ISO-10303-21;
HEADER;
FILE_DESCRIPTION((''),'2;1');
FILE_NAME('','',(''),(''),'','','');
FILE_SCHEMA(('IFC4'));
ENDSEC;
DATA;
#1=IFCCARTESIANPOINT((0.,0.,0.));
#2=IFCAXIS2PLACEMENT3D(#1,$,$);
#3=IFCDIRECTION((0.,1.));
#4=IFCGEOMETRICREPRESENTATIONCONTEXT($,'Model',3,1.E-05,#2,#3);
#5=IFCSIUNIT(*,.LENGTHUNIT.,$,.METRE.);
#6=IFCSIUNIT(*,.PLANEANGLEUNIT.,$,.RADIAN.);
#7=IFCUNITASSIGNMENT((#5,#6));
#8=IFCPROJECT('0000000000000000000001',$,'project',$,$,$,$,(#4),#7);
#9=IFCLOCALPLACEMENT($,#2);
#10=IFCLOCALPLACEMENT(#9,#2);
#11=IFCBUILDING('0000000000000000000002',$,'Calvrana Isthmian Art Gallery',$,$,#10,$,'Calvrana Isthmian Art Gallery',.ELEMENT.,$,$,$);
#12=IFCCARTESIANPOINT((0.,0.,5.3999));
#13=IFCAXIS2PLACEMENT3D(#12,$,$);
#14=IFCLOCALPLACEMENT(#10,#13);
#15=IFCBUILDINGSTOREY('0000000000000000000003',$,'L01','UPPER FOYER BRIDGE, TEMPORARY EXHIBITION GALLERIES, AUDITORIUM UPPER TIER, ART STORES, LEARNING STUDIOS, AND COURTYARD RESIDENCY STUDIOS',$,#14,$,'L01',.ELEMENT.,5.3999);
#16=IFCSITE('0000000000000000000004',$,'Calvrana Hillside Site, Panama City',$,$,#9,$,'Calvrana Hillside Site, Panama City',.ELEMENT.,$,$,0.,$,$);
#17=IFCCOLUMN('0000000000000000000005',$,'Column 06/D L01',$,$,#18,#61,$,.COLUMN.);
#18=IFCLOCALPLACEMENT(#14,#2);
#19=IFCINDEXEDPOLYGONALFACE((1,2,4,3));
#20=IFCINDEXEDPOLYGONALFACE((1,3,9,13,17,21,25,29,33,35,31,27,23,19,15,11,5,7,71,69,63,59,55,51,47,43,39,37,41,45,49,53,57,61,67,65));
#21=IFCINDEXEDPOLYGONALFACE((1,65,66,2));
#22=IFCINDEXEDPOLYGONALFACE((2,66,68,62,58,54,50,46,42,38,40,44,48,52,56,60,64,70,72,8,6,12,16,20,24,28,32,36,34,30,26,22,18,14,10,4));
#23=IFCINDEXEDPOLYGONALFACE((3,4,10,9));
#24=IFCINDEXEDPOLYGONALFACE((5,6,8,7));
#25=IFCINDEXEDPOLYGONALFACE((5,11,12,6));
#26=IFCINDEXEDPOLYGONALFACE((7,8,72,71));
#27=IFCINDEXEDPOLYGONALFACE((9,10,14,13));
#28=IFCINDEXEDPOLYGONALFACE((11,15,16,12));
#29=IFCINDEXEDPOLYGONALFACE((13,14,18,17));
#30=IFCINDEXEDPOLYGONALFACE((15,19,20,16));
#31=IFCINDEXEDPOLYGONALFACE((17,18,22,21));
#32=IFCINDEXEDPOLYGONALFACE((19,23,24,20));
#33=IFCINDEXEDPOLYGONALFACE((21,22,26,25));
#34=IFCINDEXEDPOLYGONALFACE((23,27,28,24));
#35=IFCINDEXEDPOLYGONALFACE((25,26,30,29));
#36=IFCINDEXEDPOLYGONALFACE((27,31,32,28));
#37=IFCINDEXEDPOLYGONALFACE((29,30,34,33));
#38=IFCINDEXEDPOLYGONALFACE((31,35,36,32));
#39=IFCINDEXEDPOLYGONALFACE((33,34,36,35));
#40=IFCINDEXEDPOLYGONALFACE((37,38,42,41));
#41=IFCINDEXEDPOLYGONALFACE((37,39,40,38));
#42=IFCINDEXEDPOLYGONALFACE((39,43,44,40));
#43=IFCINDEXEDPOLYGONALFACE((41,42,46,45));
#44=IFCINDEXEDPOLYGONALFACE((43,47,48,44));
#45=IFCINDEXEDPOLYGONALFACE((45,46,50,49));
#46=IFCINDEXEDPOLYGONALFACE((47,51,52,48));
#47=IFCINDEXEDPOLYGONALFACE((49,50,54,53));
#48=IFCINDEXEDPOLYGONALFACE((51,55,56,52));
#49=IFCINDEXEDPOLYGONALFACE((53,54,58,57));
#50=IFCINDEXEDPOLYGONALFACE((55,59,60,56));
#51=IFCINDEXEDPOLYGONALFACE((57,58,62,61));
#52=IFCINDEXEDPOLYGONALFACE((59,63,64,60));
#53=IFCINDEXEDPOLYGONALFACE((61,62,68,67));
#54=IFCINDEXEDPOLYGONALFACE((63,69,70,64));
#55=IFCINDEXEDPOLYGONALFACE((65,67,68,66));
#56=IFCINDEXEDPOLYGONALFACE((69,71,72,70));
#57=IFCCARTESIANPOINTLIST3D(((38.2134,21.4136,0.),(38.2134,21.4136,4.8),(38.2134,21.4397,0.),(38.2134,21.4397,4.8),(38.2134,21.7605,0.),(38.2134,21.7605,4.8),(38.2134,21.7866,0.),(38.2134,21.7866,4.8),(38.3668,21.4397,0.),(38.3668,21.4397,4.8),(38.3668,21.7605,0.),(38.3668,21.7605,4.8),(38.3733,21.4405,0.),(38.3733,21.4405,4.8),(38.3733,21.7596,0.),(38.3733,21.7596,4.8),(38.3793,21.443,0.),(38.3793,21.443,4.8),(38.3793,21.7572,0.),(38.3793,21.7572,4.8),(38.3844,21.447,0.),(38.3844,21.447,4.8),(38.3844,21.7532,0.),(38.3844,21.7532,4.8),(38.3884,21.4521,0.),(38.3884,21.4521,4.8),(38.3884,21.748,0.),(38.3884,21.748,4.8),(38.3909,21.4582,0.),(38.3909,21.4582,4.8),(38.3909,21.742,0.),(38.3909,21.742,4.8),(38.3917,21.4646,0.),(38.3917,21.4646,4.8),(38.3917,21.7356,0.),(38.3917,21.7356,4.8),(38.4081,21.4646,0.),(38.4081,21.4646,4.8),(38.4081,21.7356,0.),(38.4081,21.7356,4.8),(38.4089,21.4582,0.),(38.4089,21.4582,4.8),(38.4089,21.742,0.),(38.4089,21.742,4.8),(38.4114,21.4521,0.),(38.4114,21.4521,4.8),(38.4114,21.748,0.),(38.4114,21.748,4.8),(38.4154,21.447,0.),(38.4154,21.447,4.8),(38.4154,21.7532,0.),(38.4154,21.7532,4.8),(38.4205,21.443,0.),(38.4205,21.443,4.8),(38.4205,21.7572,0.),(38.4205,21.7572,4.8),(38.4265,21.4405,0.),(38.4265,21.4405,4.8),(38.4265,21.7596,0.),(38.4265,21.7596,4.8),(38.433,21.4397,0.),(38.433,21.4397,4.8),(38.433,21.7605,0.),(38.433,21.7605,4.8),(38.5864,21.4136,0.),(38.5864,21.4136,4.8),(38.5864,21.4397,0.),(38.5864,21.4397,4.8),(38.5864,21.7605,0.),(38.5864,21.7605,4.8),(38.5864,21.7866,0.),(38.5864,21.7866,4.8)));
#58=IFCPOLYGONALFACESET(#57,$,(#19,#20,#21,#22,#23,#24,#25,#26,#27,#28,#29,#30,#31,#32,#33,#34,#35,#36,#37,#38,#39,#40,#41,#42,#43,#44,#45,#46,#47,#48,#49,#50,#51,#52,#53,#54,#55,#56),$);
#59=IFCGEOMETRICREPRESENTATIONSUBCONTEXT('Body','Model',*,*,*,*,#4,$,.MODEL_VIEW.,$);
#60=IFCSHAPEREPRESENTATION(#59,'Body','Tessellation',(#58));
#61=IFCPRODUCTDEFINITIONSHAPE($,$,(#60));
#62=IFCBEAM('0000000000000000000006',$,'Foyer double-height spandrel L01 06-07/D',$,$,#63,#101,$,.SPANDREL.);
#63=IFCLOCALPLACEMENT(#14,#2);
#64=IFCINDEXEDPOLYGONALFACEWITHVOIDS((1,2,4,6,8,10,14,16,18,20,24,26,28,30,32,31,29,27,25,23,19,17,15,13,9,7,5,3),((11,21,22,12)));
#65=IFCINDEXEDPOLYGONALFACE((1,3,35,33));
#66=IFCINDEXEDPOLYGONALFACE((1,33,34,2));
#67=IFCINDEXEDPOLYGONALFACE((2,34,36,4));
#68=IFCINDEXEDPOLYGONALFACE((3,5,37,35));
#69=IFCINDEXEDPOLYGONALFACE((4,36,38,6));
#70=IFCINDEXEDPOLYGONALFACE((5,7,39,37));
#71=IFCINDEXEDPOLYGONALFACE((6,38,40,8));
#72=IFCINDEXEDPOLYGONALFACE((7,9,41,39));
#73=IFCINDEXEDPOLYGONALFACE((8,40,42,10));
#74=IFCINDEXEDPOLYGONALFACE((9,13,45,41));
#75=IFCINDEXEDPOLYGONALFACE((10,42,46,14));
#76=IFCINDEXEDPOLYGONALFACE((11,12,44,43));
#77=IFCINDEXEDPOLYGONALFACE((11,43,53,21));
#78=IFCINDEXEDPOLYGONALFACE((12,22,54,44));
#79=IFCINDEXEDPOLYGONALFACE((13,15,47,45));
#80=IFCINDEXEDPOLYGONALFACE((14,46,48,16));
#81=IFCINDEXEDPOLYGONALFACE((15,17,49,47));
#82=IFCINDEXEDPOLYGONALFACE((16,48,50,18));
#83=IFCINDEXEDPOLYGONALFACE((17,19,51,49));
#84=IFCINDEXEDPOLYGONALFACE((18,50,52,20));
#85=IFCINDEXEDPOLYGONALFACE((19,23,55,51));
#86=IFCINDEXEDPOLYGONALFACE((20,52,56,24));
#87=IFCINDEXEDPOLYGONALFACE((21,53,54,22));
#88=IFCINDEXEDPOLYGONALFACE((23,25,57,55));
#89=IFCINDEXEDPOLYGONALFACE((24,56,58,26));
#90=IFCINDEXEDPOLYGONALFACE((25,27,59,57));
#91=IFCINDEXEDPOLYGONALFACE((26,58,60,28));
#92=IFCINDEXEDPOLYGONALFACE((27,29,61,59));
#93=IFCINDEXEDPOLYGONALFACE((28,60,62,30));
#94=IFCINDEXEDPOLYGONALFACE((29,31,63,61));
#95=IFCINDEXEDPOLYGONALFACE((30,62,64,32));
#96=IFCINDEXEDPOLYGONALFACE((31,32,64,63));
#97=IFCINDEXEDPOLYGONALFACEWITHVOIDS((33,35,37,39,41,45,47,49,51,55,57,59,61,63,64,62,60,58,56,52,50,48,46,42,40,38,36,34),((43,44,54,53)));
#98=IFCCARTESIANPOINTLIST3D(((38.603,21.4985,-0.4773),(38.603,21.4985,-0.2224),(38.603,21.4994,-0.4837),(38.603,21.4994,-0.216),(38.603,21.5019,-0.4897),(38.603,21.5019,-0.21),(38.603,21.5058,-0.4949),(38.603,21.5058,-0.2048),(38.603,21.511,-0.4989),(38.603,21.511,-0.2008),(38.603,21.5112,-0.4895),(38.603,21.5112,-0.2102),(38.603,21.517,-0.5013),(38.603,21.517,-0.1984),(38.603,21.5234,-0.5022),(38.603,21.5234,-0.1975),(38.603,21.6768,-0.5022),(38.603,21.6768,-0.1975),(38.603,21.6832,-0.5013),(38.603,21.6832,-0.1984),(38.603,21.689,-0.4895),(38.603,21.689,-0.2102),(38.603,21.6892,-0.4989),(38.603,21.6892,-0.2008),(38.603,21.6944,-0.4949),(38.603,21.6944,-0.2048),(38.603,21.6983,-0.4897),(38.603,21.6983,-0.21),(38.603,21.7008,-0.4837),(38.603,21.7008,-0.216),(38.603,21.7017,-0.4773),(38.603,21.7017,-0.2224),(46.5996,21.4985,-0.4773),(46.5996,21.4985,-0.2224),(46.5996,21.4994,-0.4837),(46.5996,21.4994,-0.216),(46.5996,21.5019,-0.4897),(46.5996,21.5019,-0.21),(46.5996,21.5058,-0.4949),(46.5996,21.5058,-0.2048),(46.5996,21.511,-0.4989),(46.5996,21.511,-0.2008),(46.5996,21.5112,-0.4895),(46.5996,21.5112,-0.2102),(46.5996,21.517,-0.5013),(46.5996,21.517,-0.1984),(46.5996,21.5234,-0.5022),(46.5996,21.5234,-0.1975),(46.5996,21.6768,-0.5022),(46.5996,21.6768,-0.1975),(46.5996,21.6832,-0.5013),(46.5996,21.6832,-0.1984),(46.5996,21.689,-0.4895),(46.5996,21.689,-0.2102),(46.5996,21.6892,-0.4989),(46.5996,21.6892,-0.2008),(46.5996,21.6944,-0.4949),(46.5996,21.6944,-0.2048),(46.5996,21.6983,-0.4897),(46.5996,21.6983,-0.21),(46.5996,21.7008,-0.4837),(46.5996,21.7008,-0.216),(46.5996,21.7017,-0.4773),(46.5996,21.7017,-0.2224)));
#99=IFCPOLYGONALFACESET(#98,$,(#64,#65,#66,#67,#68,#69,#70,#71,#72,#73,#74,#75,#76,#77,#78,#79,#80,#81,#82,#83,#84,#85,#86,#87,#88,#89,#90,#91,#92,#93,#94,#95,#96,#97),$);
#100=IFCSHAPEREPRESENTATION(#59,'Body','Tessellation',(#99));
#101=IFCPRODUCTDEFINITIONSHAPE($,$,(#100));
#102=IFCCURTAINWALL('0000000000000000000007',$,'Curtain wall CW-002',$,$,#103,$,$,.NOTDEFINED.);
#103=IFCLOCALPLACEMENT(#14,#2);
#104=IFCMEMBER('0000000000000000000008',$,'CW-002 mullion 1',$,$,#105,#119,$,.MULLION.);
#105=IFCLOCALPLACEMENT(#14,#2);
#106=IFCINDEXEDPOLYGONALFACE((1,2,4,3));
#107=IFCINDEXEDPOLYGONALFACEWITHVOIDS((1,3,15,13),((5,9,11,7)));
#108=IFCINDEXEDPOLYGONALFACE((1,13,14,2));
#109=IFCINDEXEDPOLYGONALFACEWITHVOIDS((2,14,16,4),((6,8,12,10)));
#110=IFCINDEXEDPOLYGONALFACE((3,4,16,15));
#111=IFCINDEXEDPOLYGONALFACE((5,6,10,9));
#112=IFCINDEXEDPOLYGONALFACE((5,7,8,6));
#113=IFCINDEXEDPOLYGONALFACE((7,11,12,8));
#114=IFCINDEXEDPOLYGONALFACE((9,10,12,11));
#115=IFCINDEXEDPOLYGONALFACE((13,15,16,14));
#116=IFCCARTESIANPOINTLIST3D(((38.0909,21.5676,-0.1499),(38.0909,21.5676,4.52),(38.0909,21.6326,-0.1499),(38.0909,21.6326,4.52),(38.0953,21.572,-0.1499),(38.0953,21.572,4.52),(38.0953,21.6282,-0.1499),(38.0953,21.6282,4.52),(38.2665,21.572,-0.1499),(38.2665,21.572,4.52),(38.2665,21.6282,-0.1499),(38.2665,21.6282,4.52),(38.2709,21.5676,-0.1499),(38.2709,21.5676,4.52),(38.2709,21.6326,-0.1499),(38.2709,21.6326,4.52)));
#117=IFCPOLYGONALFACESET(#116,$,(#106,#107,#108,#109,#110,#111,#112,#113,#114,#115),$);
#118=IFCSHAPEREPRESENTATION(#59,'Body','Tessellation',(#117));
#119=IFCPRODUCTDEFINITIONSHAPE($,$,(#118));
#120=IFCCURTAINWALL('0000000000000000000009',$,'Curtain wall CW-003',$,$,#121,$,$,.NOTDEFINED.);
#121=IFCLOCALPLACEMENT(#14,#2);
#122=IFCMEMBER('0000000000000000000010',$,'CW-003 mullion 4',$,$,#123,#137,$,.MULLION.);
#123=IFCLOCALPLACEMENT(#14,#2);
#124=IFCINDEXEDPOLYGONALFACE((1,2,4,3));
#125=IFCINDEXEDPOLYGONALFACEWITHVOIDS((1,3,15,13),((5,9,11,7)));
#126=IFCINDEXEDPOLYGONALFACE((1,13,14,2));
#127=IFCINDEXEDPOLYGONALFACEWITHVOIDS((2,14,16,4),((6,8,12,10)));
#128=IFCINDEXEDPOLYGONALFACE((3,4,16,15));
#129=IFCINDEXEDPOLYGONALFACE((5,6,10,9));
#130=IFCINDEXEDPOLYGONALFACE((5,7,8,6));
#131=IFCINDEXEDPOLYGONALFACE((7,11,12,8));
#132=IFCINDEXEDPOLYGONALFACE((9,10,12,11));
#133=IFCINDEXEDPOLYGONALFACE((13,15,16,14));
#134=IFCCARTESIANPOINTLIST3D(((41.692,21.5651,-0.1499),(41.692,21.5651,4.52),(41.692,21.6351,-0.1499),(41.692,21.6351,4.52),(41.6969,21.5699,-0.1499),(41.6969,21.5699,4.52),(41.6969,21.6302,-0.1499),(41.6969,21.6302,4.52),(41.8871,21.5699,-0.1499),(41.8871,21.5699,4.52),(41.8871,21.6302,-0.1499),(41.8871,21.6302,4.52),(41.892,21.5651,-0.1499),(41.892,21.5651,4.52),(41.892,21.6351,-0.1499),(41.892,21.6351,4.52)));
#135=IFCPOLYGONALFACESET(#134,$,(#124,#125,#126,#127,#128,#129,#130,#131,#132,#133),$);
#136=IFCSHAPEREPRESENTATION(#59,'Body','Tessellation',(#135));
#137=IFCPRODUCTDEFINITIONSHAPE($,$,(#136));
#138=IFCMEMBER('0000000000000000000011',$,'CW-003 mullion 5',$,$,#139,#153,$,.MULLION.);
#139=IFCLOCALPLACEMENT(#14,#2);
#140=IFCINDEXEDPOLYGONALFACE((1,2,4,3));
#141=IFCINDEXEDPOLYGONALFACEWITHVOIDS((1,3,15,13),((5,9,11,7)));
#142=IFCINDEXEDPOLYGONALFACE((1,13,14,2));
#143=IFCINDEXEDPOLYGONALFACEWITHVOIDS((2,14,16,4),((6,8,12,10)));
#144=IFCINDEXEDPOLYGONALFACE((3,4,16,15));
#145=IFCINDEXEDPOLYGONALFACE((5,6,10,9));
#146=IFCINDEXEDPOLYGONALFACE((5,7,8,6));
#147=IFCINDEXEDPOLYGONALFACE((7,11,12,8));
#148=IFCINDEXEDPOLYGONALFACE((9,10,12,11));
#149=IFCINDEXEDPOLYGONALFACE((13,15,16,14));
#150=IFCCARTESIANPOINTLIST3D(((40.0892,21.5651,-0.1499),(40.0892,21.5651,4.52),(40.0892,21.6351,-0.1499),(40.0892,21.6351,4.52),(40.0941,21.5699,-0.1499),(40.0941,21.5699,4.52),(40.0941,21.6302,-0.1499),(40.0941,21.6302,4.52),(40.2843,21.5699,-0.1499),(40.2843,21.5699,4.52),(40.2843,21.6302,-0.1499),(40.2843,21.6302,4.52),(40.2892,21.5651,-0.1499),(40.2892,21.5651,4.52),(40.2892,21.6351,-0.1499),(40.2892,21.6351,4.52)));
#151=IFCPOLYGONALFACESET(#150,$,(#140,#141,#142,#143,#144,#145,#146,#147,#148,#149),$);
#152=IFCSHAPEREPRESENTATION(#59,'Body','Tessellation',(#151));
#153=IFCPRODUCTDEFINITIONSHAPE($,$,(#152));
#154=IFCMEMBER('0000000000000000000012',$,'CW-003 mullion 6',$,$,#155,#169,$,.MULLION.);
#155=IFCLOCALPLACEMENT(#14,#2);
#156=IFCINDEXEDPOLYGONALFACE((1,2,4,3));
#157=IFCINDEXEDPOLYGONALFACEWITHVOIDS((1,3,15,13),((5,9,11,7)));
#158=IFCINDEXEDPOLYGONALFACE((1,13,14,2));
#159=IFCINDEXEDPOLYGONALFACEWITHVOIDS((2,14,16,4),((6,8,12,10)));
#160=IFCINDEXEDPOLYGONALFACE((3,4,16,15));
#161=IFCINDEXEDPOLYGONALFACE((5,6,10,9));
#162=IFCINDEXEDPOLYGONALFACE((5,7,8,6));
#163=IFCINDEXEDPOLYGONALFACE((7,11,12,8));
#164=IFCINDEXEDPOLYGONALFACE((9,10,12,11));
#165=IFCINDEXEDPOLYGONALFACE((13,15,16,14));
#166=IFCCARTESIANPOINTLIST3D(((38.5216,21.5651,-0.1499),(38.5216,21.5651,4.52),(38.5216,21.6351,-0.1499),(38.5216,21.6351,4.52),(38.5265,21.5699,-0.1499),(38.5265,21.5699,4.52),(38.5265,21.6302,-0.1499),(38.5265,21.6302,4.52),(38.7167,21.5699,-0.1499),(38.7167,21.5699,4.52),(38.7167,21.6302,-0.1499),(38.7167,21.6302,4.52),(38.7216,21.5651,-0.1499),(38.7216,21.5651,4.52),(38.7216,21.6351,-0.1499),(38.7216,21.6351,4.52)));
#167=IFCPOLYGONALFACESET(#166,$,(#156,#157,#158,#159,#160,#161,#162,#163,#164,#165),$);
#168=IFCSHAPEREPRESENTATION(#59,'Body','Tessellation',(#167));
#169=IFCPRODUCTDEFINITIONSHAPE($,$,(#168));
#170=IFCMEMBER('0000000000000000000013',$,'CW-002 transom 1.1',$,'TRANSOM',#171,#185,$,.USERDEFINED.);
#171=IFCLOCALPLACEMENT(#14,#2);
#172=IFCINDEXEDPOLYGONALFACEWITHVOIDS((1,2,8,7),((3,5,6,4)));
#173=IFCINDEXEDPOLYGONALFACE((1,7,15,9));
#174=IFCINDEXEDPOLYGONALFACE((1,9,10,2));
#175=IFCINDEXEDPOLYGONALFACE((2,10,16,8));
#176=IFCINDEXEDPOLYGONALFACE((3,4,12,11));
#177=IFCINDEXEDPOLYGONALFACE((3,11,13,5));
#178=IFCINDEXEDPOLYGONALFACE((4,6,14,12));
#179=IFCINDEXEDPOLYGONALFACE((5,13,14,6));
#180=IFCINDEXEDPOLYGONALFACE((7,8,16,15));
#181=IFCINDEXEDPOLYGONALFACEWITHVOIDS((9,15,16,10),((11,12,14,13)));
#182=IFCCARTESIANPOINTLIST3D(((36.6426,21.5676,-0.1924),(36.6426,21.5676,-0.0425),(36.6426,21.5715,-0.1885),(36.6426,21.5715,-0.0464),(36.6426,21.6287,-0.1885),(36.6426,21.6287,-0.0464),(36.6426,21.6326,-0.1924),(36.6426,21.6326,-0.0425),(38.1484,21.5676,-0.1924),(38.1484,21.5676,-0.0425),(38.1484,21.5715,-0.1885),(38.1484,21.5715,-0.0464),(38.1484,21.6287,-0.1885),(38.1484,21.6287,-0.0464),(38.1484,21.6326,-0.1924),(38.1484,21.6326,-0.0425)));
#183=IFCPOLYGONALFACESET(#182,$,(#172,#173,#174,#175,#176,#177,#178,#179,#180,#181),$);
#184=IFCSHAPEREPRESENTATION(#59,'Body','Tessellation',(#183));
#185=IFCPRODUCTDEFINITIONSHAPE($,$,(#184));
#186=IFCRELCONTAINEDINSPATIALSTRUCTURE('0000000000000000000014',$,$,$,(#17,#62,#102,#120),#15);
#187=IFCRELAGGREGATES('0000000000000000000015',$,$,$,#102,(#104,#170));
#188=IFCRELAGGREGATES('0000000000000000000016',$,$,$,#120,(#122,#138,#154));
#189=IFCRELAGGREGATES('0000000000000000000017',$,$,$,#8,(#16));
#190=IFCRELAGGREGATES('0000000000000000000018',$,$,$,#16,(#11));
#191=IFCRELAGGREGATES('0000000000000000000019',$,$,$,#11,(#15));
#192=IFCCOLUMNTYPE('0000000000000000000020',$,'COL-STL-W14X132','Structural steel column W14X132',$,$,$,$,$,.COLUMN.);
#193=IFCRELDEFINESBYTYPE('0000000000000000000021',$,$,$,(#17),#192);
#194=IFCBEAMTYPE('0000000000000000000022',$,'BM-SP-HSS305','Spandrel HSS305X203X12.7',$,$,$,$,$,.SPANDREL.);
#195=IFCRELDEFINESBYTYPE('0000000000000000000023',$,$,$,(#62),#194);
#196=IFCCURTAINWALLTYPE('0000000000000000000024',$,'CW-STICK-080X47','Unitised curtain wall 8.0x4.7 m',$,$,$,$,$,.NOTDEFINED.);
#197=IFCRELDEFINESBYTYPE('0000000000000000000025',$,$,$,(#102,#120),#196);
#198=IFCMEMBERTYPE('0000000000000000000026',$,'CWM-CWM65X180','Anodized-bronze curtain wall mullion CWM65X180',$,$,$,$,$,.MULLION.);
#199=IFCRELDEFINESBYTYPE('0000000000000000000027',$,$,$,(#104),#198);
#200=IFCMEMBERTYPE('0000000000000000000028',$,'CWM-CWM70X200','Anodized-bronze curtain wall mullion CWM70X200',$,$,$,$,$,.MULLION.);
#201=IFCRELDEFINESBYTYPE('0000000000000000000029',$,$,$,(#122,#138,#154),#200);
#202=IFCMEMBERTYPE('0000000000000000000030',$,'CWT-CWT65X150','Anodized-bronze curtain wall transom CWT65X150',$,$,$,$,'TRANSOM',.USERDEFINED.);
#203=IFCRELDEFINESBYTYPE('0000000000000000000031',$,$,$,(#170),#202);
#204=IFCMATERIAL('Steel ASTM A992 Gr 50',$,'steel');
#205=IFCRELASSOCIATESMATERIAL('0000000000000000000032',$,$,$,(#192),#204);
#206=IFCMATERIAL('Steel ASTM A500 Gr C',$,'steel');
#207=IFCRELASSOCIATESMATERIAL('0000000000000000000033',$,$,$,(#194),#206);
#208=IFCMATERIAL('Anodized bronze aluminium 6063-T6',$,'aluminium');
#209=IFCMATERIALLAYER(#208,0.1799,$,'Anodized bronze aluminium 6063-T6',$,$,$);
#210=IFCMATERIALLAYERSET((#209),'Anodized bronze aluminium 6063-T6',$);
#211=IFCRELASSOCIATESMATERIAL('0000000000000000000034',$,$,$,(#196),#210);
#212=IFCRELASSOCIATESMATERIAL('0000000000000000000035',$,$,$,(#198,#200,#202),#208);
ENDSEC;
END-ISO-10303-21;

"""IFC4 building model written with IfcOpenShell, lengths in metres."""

from ifc_helpers import new_model, si_unit, direction, frame, origin, origin_2d, place, context, subcontext, project, spatial, hollow_rectangle, i_section, extrude, material, layer, layer_set, material_profile, profile_set, type_object, element, aggregate, save


model = new_model("IFC4")

# Units and contexts
model_context = context("Model", 3, precision=1e-05, world=origin(), true_north=direction((0.0, 1.0)))
body_context = subcontext(model_context, "Body", "Model", "MODEL_VIEW")
ifc_project = project(units=[si_unit("LENGTHUNIT", "METRE"), si_unit("PLANEANGLEUNIT", "RADIAN")], contexts=[model_context])

# Site, building, storey
site_placement = place(None, origin())
site = spatial("IfcSite", under=ifc_project, at=site_placement, Name="Calvrana Hillside Site, Panama City", LongName="Calvrana Hillside Site, Panama City", CompositionType="ELEMENT", RefElevation=0.0)
building_placement = place(site_placement, origin())
building = spatial("IfcBuilding", under=site, at=building_placement, Name="Calvrana Isthmian Art Gallery", LongName="Calvrana Isthmian Art Gallery", CompositionType="ELEMENT")
storey_placement = place(building_placement, frame((0.0, 0.0, 5.3999)))
storey = spatial("IfcBuildingStorey", under=building, at=storey_placement, Name="L01", Description="UPPER FOYER BRIDGE, TEMPORARY EXHIBITION GALLERIES, AUDITORIUM UPPER TIER, ART STORES, LEARNING STUDIOS, AND COURTYARD RESIDENCY STUDIOS", LongName="L01", CompositionType="ELEMENT", Elevation=5.3999)

# Column
ifc_material_1 = material(Name="Steel ASTM A992 Gr 50", Category="steel")
ifc_material_profile_1 = material_profile(ifc_material_1, i_section(OverallWidth=0.373, OverallDepth=0.373, WebThickness=0.0164, FlangeThickness=0.0261, FilletRadius=0.0249, at=origin_2d()), Name="W14X132")
ifc_profile_set_1 = profile_set([ifc_material_profile_1], Name="Steel ASTM A992 Gr 50")
column_type = type_object("IfcColumnType", Name="COL-STL-W14X132", Description="Structural steel column W14X132", PredefinedType="COLUMN", material=ifc_profile_set_1)
column_placement = place(storey_placement, frame((38.3999, 21.6001, 0.0), z_axis=(0.0, 0.0, 1.0), x_axis=(1.0, 0.0, 0.0)))
element("IfcColumn", 1, at=column_placement, inside=storey, type_object=column_type, Name="Column 06/D L01", PredefinedType="COLUMN", context=body_context, shape_type="SweptSolid", body=[
    extrude(i_section(OverallWidth=0.373, OverallDepth=0.373, WebThickness=0.0164, FlangeThickness=0.0261, FilletRadius=0.0249, at=origin_2d()), origin(), (0.0, 0.0, 1.0), 4.8),
])

# Beam
ifc_material_2 = material(Name="Steel ASTM A500 Gr C", Category="steel")
ifc_material_profile_2 = material_profile(ifc_material_2, hollow_rectangle(XDim=0.2031, YDim=0.3047, WallThickness=0.0127, OuterFilletRadius=0.0249, at=origin_2d()), Name="HSS305X203X12.7")
ifc_profile_set_2 = profile_set([ifc_material_profile_2], Name="Steel ASTM A500 Gr C")
beam_type = type_object("IfcBeamType", Name="BM-SP-HSS305", Description="Spandrel HSS305X203X12.7", PredefinedType="SPANDREL", material=ifc_profile_set_2)
beam_placement = place(storey_placement, frame((38.603, 21.6001, -0.3499), z_axis=(1.0, 0.0, 0.0), x_axis=(0.0, 1.0, 0.0)))
element("IfcBeam", 2, at=beam_placement, inside=storey, type_object=beam_type, Name="Foyer double-height spandrel L01 06-07/D", PredefinedType="SPANDREL", context=body_context, shape_type="SweptSolid", body=[
    extrude(hollow_rectangle(XDim=0.2031, YDim=0.3047, WallThickness=0.0127, OuterFilletRadius=0.0249, at=origin_2d()), origin(), (0.0, 0.0, 1.0), 7.9966),
])

# Curtain wall, member
ifc_material_3 = material(Name="Anodized bronze aluminium 6063-T6", Category="aluminium")
ifc_layer_1 = layer(ifc_material_3, 0.1799, Name="Anodized bronze aluminium 6063-T6")
ifc_layer_set_1 = layer_set([ifc_layer_1], Name="Anodized bronze aluminium 6063-T6")
curtain_wall_type = type_object("IfcCurtainWallType", Name="CW-STICK-080X47", Description="Unitised curtain wall 8.0x4.7 m", PredefinedType="NOTDEFINED", material=ifc_layer_set_1)
curtain_wall_1_placement = place(storey_placement, origin())
curtain_wall_1 = element("IfcCurtainWall", 3, at=curtain_wall_1_placement, inside=storey, type_object=curtain_wall_type, Name="Curtain wall CW-002", PredefinedType="NOTDEFINED")
ifc_material_profile_3 = material_profile(ifc_material_3, hollow_rectangle(XDim=0.0649, YDim=0.1799, WallThickness=0.0044, at=origin_2d()), Name="CWM65X180")
ifc_profile_set_3 = profile_set([ifc_material_profile_3], Name="Anodized bronze aluminium 6063-T6")
member_type_1 = type_object("IfcMemberType", Name="CWM-CWM65X180", Description="Anodized-bronze curtain wall mullion CWM65X180", PredefinedType="MULLION", material=ifc_profile_set_3)
member_1_placement = place(storey_placement, frame((38.1809, 21.6001, -0.1499), z_axis=(0.0, 0.0, 1.0), x_axis=(0.0, -1.0, 0.0)))
member_1 = element("IfcMember", 4, at=member_1_placement, type_object=member_type_1, Name="CW-002 mullion 1", PredefinedType="MULLION", context=body_context, shape_type="SweptSolid", body=[
    extrude(hollow_rectangle(XDim=0.0649, YDim=0.1799, WallThickness=0.0044, at=origin_2d()), origin(), (0.0, 0.0, 1.0), 4.6699),
])

# Curtain wall, members
curtain_wall_2_placement = place(storey_placement, origin())
curtain_wall_2 = element("IfcCurtainWall", 5, at=curtain_wall_2_placement, inside=storey, type_object=curtain_wall_type, Name="Curtain wall CW-003", PredefinedType="NOTDEFINED")
ifc_material_profile_4 = material_profile(ifc_material_3, hollow_rectangle(XDim=0.0701, YDim=0.2, WallThickness=0.0049, at=origin_2d()), Name="CWM70X200")
ifc_profile_set_4 = profile_set([ifc_material_profile_4], Name="Anodized bronze aluminium 6063-T6")
member_type_2 = type_object("IfcMemberType", Name="CWM-CWM70X200", Description="Anodized-bronze curtain wall mullion CWM70X200", PredefinedType="MULLION", material=ifc_profile_set_4)
member_2_placement = place(storey_placement, frame((41.792, 21.6001, -0.1499), z_axis=(0.0, 0.0, 1.0), x_axis=(0.0, -1.0, 0.0)))
member_2 = element("IfcMember", 6, at=member_2_placement, type_object=member_type_2, Name="CW-003 mullion 4", PredefinedType="MULLION", context=body_context, shape_type="SweptSolid", body=[
    extrude(hollow_rectangle(XDim=0.0701, YDim=0.2, WallThickness=0.0049, at=origin_2d()), origin(), (0.0, 0.0, 1.0), 4.6699),
])
member_3_placement = place(storey_placement, frame((40.1892, 21.6001, -0.1499), z_axis=(0.0, 0.0, 1.0), x_axis=(0.0, -1.0, 0.0)))
member_3 = element("IfcMember", 7, at=member_3_placement, type_object=member_type_2, Name="CW-003 mullion 5", PredefinedType="MULLION", context=body_context, shape_type="SweptSolid", body=[
    extrude(hollow_rectangle(XDim=0.0701, YDim=0.2, WallThickness=0.0049, at=origin_2d()), origin(), (0.0, 0.0, 1.0), 4.6699),
])
member_4_placement = place(storey_placement, frame((38.6216, 21.6001, -0.1499), z_axis=(0.0, 0.0, 1.0), x_axis=(0.0, -1.0, 0.0)))
member_4 = element("IfcMember", 8, at=member_4_placement, type_object=member_type_2, Name="CW-003 mullion 6", PredefinedType="MULLION", context=body_context, shape_type="SweptSolid", body=[
    extrude(hollow_rectangle(XDim=0.0701, YDim=0.2, WallThickness=0.0049, at=origin_2d()), origin(), (0.0, 0.0, 1.0), 4.6699),
])

# Member
ifc_material_profile_5 = material_profile(ifc_material_3, hollow_rectangle(XDim=0.0649, YDim=0.1499, WallThickness=0.0039, at=origin_2d()), Name="CWT65X150")
ifc_profile_set_5 = profile_set([ifc_material_profile_5], Name="Anodized bronze aluminium 6063-T6")
member_type_3 = type_object("IfcMemberType", Name="CWT-CWT65X150", Description="Anodized-bronze curtain wall transom CWT65X150", ElementType="TRANSOM", PredefinedType="USERDEFINED", material=ifc_profile_set_5)
member_5_placement = place(storey_placement, frame((38.1484, 21.6001, -0.1174), z_axis=(-1.0, 0.0, 0.0), x_axis=(0.0, -1.0, 0.0)))
member_5 = element("IfcMember", 9, at=member_5_placement, type_object=member_type_3, Name="CW-002 transom 1.1", ObjectType="TRANSOM", PredefinedType="USERDEFINED", context=body_context, shape_type="SweptSolid", body=[
    extrude(hollow_rectangle(XDim=0.0649, YDim=0.1499, WallThickness=0.0039, at=origin_2d()), origin(), (0.0, 0.0, 1.0), 1.5059),
])

aggregate(curtain_wall_1, [member_1, member_5])
aggregate(curtain_wall_2, [member_2, member_3, member_4])

save(model, "model.ifc")
